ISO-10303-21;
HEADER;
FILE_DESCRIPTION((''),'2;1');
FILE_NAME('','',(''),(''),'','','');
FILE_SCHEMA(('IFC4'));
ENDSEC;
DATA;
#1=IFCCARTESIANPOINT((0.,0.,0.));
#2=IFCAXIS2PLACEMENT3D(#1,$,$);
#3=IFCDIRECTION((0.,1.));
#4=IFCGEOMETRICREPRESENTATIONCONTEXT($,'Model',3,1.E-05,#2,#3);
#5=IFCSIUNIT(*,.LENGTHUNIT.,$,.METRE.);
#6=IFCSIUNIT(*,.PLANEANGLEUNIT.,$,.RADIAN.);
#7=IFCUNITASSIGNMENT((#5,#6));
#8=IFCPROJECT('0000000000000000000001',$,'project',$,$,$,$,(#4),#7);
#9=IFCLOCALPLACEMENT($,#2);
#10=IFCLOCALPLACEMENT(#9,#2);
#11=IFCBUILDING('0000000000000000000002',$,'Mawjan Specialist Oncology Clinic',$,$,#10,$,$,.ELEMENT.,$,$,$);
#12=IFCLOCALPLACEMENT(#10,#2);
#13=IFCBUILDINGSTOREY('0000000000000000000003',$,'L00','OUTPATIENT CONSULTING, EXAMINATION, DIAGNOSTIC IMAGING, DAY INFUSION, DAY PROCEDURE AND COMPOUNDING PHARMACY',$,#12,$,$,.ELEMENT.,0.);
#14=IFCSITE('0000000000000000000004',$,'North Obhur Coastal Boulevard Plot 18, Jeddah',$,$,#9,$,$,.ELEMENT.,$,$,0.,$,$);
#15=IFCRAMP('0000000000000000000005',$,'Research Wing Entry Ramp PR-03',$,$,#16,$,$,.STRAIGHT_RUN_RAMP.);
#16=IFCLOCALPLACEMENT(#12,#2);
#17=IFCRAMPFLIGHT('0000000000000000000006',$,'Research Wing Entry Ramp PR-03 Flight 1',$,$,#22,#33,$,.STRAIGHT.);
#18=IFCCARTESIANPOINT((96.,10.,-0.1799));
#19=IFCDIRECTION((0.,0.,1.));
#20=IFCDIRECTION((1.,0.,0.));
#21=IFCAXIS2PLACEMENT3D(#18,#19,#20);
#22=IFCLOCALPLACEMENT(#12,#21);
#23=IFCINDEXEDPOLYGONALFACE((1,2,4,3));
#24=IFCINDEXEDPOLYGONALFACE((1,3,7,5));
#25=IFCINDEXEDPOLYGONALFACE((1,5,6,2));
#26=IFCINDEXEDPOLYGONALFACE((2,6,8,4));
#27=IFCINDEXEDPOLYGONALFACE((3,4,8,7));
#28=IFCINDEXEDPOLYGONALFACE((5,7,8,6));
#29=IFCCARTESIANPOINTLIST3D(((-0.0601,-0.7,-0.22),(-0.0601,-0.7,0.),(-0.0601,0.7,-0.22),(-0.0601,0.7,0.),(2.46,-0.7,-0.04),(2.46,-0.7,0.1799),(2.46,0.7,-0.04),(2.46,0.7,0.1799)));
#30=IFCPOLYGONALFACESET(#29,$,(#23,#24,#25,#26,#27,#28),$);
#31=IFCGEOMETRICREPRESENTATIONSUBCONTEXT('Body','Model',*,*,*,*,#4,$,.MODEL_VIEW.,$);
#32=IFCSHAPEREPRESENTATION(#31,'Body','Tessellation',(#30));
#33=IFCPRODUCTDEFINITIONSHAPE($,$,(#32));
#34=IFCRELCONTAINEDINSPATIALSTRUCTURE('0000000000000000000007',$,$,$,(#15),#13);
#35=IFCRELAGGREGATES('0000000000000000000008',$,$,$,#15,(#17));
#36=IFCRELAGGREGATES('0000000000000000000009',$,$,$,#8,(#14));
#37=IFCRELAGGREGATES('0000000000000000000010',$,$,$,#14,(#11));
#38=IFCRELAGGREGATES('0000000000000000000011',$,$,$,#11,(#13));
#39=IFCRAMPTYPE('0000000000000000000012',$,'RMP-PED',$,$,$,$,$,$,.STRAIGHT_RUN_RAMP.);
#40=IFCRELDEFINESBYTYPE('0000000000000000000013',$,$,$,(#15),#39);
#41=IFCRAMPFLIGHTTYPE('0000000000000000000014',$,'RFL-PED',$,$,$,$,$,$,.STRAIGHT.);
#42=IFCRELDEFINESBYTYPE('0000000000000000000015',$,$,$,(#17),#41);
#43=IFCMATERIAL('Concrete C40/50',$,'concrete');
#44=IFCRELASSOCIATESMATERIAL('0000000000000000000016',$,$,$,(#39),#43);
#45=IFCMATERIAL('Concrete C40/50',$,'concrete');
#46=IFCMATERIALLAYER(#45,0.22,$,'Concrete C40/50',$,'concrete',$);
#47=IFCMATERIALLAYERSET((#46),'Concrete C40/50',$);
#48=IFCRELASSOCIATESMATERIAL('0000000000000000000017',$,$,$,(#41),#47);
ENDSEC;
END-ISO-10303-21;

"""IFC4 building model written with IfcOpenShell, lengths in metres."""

from ifc_helpers import new_model, si_unit, direction, frame, origin, place, context, subcontext, project, spatial, polyline, outline, extrude, material, layer, layer_set, type_object, element, aggregate, save


model = new_model("IFC4")

# Units and contexts
model_context = context("Model", 3, precision=1e-05, world=origin(), true_north=direction((0.0, 1.0)))
body_context = subcontext(model_context, "Body", "Model", "MODEL_VIEW")
ifc_project = project(units=[si_unit("LENGTHUNIT", "METRE"), si_unit("PLANEANGLEUNIT", "RADIAN")], contexts=[model_context])

# Site, building, storey
site_placement = place(None, origin())
site = spatial("IfcSite", under=ifc_project, at=site_placement, Name="North Obhur Coastal Boulevard Plot 18, Jeddah", CompositionType="ELEMENT", RefElevation=0.0)
building_placement = place(site_placement, origin())
building = spatial("IfcBuilding", under=site, at=building_placement, Name="Mawjan Specialist Oncology Clinic", CompositionType="ELEMENT")
storey_placement = place(building_placement, origin())
storey = spatial("IfcBuildingStorey", under=building, at=storey_placement, Name="L00", Description="OUTPATIENT CONSULTING, EXAMINATION, DIAGNOSTIC IMAGING, DAY INFUSION, DAY PROCEDURE AND COMPOUNDING PHARMACY", CompositionType="ELEMENT", Elevation=0.0)

# Ramp, ramp flight
ifc_material_1 = material(Name="Concrete C40/50", Category="concrete")
ramp_type = type_object("IfcRampType", Name="RMP-PED", PredefinedType="STRAIGHT_RUN_RAMP", material=ifc_material_1)
ramp_placement = place(storey_placement, origin())
ramp = element("IfcRamp", 1, at=ramp_placement, inside=storey, type_object=ramp_type, Name="Research Wing Entry Ramp PR-03", PredefinedType="STRAIGHT_RUN_RAMP")
ifc_material_2 = material(Name="Concrete C40/50", Category="concrete")
ifc_layer_1 = layer(ifc_material_2, 0.22, Name="Concrete C40/50", Category="concrete")
ifc_layer_set_1 = layer_set([ifc_layer_1], Name="Concrete C40/50")
ramp_flight_type = type_object("IfcRampFlightType", Name="RFL-PED", PredefinedType="STRAIGHT", material=ifc_layer_set_1)
ramp_flight_placement = place(storey_placement, frame((96.0, 10.0, -0.1799), z_axis=(0.0, 0.0, 1.0), x_axis=(1.0, 0.0, 0.0)))
ramp_flight = element("IfcRampFlight", 2, at=ramp_flight_placement, type_object=ramp_flight_type, Name="Research Wing Entry Ramp PR-03 Flight 1", PredefinedType="STRAIGHT", context=body_context, shape_type="SweptSolid", body=[
    extrude(outline(polyline([(-0.0601, -0.22), (2.46, -0.04), (2.46, 0.1799), (-0.0601, 0.0), (-0.0601, -0.22)])), frame((0.0, 0.7, 0.0), z_axis=(0.0, -1.0, 0.0), x_axis=(1.0, 0.0, 0.0)), (0.0, 0.0, 1.0), 1.3999),
])
aggregate(ramp, [ramp_flight])

save(model, "model.ifc")
